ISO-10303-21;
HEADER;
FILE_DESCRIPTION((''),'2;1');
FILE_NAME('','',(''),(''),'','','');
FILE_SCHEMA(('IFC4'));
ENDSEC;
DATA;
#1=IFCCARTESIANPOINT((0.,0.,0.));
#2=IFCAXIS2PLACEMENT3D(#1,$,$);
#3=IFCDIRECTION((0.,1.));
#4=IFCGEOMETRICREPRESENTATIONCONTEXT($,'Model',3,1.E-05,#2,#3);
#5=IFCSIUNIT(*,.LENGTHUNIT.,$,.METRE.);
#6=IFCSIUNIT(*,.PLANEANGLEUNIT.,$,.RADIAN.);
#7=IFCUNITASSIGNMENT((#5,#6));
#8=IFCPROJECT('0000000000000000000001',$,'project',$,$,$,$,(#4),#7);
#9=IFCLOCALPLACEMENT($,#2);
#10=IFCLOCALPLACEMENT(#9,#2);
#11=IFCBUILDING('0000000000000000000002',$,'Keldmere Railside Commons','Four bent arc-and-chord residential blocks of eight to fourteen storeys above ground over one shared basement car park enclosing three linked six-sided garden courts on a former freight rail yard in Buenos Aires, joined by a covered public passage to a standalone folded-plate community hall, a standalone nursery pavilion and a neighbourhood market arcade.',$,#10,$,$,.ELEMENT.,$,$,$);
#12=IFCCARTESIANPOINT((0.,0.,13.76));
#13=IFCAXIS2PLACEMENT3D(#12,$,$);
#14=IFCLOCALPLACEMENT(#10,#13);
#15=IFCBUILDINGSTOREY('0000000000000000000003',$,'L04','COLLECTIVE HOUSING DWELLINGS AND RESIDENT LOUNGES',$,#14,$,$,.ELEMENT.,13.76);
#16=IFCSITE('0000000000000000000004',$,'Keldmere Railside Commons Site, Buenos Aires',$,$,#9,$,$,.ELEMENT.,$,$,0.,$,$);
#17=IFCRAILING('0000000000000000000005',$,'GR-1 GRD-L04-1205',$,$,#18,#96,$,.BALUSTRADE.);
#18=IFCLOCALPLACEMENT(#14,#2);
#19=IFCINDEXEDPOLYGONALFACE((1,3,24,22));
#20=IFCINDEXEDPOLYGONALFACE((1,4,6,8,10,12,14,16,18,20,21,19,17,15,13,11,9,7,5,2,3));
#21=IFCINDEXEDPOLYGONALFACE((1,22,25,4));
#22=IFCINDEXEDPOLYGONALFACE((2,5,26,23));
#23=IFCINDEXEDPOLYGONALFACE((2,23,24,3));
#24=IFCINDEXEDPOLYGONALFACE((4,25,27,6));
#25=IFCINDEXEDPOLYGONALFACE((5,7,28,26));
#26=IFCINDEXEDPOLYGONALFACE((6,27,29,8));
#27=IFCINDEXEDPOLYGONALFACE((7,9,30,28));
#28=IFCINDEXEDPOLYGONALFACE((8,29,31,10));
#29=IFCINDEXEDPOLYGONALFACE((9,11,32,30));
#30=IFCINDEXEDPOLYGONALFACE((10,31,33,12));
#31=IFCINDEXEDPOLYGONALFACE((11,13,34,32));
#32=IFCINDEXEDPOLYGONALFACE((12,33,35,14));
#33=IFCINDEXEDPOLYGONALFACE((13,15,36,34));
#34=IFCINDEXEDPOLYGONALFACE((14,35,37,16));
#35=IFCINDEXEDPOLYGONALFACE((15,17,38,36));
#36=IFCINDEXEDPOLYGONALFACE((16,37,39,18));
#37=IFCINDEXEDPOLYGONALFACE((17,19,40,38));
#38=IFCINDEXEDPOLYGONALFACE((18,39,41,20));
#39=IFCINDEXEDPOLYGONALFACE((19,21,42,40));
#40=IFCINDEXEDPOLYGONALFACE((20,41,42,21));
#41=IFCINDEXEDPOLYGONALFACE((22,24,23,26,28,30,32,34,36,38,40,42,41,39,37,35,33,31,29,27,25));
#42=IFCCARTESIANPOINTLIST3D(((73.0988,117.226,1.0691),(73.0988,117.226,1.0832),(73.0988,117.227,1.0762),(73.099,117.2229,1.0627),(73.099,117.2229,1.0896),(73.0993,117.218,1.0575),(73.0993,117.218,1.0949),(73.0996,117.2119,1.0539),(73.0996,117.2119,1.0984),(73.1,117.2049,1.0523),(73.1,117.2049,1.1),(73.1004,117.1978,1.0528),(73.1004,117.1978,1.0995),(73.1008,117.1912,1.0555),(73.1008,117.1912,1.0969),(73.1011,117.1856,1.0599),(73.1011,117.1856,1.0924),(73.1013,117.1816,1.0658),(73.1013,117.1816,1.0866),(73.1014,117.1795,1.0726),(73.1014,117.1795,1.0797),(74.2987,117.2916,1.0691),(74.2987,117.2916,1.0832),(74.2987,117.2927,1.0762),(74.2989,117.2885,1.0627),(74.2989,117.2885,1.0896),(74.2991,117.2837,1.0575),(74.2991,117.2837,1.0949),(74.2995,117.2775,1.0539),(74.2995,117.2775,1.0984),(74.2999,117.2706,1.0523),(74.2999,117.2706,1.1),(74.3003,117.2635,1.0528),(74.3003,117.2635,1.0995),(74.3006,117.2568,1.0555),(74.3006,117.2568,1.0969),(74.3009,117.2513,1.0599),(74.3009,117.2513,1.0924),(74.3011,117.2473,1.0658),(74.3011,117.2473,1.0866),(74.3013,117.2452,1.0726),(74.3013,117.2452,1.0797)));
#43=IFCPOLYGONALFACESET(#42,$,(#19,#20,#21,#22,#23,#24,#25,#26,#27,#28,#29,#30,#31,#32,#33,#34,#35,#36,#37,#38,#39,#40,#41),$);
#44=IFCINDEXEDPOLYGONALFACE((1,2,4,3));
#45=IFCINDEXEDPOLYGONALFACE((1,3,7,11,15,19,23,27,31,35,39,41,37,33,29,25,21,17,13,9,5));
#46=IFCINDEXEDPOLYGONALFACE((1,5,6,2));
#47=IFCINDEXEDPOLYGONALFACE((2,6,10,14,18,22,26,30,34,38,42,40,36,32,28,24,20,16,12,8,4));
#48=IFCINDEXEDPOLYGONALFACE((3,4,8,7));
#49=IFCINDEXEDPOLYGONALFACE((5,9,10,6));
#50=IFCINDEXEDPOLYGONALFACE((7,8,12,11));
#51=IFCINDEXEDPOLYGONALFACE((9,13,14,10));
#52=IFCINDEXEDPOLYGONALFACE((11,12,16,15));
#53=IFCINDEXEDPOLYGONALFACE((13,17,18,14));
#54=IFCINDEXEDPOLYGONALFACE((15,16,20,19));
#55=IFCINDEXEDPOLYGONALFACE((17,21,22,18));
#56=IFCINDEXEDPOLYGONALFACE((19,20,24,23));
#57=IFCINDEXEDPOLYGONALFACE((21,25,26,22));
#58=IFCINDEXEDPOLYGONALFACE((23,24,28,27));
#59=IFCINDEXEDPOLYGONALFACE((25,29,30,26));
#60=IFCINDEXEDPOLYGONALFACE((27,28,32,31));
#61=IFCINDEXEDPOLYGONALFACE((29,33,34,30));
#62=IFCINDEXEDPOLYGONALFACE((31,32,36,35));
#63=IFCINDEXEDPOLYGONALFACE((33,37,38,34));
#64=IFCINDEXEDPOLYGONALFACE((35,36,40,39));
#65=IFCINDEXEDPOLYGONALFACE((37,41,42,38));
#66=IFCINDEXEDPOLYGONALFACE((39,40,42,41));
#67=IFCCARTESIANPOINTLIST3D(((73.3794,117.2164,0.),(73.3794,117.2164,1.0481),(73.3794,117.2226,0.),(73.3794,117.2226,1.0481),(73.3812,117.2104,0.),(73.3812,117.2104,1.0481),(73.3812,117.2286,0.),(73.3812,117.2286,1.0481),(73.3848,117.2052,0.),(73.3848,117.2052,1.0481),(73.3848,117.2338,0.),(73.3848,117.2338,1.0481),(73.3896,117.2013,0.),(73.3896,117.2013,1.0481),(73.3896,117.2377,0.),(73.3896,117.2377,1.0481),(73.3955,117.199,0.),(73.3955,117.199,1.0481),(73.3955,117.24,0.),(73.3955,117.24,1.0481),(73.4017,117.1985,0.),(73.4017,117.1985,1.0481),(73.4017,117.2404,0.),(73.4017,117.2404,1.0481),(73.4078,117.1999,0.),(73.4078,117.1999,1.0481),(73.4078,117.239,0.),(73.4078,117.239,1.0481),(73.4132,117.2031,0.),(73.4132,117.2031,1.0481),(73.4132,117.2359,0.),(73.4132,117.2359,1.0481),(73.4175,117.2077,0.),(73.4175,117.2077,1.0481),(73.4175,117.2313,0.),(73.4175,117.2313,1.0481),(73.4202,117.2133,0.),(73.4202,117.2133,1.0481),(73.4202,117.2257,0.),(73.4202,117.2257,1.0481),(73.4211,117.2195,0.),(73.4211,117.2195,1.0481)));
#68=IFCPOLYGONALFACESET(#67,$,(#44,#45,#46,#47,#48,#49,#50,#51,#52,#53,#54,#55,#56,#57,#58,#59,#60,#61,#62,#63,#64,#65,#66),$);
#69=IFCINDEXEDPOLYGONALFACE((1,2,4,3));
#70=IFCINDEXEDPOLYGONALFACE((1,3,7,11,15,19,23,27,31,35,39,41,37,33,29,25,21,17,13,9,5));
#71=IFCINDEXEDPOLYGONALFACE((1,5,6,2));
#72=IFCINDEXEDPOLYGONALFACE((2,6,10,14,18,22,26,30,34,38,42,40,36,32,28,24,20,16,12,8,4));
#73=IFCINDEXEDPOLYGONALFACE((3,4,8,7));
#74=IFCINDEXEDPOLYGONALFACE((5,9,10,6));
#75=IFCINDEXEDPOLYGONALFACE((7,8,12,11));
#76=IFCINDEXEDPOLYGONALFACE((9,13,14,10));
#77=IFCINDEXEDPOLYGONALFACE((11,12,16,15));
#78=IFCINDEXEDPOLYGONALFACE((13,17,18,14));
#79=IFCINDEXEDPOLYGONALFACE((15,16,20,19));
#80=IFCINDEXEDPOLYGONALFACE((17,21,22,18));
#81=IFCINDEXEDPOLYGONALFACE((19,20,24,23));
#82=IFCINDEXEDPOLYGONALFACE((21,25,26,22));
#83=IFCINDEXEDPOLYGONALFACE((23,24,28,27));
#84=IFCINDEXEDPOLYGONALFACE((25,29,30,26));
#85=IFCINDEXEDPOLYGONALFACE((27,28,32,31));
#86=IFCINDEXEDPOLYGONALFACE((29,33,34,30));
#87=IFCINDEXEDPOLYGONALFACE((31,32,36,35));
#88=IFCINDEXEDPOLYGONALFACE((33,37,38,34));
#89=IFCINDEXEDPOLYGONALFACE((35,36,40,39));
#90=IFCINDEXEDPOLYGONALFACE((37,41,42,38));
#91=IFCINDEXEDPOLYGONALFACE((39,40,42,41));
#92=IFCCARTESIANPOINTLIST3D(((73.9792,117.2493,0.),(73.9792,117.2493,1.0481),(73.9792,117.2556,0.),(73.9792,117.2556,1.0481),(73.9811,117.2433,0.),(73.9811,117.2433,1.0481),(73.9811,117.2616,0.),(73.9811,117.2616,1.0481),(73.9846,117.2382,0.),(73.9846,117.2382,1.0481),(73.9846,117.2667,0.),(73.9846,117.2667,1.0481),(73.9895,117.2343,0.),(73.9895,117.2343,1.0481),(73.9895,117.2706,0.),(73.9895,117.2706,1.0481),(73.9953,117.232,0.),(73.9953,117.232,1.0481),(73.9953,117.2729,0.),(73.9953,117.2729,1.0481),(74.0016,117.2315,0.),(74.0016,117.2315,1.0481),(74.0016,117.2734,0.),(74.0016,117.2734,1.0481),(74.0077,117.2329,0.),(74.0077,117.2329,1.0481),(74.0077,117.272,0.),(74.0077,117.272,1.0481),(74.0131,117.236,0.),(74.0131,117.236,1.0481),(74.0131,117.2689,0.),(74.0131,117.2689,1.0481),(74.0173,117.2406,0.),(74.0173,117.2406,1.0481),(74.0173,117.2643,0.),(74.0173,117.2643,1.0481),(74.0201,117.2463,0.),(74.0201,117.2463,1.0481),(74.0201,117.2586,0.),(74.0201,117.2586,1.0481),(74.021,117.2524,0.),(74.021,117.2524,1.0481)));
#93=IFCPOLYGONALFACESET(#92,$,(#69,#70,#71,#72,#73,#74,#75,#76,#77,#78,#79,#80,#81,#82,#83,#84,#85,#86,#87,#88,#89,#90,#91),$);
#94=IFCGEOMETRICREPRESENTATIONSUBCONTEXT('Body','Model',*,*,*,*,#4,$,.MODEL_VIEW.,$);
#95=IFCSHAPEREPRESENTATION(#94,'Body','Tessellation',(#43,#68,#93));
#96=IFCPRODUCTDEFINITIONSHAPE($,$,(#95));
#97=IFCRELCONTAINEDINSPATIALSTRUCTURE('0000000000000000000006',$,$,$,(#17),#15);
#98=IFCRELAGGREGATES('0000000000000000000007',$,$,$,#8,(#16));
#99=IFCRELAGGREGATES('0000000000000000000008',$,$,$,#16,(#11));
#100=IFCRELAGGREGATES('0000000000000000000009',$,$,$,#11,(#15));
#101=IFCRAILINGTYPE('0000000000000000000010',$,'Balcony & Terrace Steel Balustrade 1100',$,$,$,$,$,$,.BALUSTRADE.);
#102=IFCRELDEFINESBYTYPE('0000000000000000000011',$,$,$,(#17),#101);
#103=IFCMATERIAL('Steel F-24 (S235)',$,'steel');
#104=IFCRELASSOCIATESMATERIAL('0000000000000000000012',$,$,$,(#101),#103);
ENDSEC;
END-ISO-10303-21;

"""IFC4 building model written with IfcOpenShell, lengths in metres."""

from ifc_helpers import new_model, si_unit, direction, frame, origin, origin_2d, place, context, subcontext, project, spatial, circle, extrude, material, type_object, element, save


model = new_model("IFC4")

# Units and contexts
model_context = context("Model", 3, precision=1e-05, world=origin(), true_north=direction((0.0, 1.0)))
body_context = subcontext(model_context, "Body", "Model", "MODEL_VIEW")
ifc_project = project(units=[si_unit("LENGTHUNIT", "METRE"), si_unit("PLANEANGLEUNIT", "RADIAN")], contexts=[model_context])

# Site, building, storey
site_placement = place(None, origin())
site = spatial("IfcSite", under=ifc_project, at=site_placement, Name="Keldmere Railside Commons Site, Buenos Aires", CompositionType="ELEMENT", RefElevation=0.0)
building_placement = place(site_placement, origin())
building = spatial("IfcBuilding", under=site, at=building_placement, Name="Keldmere Railside Commons", Description="Four bent arc-and-chord residential blocks of eight to fourteen storeys above ground over one shared basement car park enclosing three linked six-sided garden courts on a former freight rail yard in Buenos Aires, joined by a covered public passage to a standalone folded-plate community hall, a standalone nursery pavilion and a neighbourhood market arcade.", CompositionType="ELEMENT")
storey_placement = place(building_placement, frame((0.0, 0.0, 13.76)))
storey = spatial("IfcBuildingStorey", under=building, at=storey_placement, Name="L04", Description="COLLECTIVE HOUSING DWELLINGS AND RESIDENT LOUNGES", CompositionType="ELEMENT", Elevation=13.76)

# Railing
ifc_material_1 = material(Name="Steel F-24 (S235)", Category="steel")
railing_type = type_object("IfcRailingType", Name="Balcony & Terrace Steel Balustrade 1100", PredefinedType="BALUSTRADE", material=ifc_material_1)
railing_1_placement = place(storey_placement, frame((73.1001, 117.2031, 0.0)))
element("IfcRailing", 1, at=railing_1_placement, inside=storey, type_object=railing_type, Name="GR-1 GRD-L04-1205", PredefinedType="BALUSTRADE", context=body_context, shape_type="SweptSolid", body=[
    extrude(circle(Radius=0.0239, at=origin_2d()), frame((0.0, 0.0, 1.0762), z_axis=(0.998506, 0.054649, 0.0), x_axis=(-0.054649, 0.998506, 0.0)), (0.0, 0.0, 1.0), 1.2017),
    extrude(circle(Radius=0.021, at=origin_2d()), frame((0.3, 0.0164, 0.0)), (0.0, 0.0, 1.0), 1.0481),
    extrude(circle(Radius=0.021, at=origin_2d()), frame((0.8999, 0.0493, 0.0)), (0.0, 0.0, 1.0), 1.0481),
])

save(model, "model.ifc")
